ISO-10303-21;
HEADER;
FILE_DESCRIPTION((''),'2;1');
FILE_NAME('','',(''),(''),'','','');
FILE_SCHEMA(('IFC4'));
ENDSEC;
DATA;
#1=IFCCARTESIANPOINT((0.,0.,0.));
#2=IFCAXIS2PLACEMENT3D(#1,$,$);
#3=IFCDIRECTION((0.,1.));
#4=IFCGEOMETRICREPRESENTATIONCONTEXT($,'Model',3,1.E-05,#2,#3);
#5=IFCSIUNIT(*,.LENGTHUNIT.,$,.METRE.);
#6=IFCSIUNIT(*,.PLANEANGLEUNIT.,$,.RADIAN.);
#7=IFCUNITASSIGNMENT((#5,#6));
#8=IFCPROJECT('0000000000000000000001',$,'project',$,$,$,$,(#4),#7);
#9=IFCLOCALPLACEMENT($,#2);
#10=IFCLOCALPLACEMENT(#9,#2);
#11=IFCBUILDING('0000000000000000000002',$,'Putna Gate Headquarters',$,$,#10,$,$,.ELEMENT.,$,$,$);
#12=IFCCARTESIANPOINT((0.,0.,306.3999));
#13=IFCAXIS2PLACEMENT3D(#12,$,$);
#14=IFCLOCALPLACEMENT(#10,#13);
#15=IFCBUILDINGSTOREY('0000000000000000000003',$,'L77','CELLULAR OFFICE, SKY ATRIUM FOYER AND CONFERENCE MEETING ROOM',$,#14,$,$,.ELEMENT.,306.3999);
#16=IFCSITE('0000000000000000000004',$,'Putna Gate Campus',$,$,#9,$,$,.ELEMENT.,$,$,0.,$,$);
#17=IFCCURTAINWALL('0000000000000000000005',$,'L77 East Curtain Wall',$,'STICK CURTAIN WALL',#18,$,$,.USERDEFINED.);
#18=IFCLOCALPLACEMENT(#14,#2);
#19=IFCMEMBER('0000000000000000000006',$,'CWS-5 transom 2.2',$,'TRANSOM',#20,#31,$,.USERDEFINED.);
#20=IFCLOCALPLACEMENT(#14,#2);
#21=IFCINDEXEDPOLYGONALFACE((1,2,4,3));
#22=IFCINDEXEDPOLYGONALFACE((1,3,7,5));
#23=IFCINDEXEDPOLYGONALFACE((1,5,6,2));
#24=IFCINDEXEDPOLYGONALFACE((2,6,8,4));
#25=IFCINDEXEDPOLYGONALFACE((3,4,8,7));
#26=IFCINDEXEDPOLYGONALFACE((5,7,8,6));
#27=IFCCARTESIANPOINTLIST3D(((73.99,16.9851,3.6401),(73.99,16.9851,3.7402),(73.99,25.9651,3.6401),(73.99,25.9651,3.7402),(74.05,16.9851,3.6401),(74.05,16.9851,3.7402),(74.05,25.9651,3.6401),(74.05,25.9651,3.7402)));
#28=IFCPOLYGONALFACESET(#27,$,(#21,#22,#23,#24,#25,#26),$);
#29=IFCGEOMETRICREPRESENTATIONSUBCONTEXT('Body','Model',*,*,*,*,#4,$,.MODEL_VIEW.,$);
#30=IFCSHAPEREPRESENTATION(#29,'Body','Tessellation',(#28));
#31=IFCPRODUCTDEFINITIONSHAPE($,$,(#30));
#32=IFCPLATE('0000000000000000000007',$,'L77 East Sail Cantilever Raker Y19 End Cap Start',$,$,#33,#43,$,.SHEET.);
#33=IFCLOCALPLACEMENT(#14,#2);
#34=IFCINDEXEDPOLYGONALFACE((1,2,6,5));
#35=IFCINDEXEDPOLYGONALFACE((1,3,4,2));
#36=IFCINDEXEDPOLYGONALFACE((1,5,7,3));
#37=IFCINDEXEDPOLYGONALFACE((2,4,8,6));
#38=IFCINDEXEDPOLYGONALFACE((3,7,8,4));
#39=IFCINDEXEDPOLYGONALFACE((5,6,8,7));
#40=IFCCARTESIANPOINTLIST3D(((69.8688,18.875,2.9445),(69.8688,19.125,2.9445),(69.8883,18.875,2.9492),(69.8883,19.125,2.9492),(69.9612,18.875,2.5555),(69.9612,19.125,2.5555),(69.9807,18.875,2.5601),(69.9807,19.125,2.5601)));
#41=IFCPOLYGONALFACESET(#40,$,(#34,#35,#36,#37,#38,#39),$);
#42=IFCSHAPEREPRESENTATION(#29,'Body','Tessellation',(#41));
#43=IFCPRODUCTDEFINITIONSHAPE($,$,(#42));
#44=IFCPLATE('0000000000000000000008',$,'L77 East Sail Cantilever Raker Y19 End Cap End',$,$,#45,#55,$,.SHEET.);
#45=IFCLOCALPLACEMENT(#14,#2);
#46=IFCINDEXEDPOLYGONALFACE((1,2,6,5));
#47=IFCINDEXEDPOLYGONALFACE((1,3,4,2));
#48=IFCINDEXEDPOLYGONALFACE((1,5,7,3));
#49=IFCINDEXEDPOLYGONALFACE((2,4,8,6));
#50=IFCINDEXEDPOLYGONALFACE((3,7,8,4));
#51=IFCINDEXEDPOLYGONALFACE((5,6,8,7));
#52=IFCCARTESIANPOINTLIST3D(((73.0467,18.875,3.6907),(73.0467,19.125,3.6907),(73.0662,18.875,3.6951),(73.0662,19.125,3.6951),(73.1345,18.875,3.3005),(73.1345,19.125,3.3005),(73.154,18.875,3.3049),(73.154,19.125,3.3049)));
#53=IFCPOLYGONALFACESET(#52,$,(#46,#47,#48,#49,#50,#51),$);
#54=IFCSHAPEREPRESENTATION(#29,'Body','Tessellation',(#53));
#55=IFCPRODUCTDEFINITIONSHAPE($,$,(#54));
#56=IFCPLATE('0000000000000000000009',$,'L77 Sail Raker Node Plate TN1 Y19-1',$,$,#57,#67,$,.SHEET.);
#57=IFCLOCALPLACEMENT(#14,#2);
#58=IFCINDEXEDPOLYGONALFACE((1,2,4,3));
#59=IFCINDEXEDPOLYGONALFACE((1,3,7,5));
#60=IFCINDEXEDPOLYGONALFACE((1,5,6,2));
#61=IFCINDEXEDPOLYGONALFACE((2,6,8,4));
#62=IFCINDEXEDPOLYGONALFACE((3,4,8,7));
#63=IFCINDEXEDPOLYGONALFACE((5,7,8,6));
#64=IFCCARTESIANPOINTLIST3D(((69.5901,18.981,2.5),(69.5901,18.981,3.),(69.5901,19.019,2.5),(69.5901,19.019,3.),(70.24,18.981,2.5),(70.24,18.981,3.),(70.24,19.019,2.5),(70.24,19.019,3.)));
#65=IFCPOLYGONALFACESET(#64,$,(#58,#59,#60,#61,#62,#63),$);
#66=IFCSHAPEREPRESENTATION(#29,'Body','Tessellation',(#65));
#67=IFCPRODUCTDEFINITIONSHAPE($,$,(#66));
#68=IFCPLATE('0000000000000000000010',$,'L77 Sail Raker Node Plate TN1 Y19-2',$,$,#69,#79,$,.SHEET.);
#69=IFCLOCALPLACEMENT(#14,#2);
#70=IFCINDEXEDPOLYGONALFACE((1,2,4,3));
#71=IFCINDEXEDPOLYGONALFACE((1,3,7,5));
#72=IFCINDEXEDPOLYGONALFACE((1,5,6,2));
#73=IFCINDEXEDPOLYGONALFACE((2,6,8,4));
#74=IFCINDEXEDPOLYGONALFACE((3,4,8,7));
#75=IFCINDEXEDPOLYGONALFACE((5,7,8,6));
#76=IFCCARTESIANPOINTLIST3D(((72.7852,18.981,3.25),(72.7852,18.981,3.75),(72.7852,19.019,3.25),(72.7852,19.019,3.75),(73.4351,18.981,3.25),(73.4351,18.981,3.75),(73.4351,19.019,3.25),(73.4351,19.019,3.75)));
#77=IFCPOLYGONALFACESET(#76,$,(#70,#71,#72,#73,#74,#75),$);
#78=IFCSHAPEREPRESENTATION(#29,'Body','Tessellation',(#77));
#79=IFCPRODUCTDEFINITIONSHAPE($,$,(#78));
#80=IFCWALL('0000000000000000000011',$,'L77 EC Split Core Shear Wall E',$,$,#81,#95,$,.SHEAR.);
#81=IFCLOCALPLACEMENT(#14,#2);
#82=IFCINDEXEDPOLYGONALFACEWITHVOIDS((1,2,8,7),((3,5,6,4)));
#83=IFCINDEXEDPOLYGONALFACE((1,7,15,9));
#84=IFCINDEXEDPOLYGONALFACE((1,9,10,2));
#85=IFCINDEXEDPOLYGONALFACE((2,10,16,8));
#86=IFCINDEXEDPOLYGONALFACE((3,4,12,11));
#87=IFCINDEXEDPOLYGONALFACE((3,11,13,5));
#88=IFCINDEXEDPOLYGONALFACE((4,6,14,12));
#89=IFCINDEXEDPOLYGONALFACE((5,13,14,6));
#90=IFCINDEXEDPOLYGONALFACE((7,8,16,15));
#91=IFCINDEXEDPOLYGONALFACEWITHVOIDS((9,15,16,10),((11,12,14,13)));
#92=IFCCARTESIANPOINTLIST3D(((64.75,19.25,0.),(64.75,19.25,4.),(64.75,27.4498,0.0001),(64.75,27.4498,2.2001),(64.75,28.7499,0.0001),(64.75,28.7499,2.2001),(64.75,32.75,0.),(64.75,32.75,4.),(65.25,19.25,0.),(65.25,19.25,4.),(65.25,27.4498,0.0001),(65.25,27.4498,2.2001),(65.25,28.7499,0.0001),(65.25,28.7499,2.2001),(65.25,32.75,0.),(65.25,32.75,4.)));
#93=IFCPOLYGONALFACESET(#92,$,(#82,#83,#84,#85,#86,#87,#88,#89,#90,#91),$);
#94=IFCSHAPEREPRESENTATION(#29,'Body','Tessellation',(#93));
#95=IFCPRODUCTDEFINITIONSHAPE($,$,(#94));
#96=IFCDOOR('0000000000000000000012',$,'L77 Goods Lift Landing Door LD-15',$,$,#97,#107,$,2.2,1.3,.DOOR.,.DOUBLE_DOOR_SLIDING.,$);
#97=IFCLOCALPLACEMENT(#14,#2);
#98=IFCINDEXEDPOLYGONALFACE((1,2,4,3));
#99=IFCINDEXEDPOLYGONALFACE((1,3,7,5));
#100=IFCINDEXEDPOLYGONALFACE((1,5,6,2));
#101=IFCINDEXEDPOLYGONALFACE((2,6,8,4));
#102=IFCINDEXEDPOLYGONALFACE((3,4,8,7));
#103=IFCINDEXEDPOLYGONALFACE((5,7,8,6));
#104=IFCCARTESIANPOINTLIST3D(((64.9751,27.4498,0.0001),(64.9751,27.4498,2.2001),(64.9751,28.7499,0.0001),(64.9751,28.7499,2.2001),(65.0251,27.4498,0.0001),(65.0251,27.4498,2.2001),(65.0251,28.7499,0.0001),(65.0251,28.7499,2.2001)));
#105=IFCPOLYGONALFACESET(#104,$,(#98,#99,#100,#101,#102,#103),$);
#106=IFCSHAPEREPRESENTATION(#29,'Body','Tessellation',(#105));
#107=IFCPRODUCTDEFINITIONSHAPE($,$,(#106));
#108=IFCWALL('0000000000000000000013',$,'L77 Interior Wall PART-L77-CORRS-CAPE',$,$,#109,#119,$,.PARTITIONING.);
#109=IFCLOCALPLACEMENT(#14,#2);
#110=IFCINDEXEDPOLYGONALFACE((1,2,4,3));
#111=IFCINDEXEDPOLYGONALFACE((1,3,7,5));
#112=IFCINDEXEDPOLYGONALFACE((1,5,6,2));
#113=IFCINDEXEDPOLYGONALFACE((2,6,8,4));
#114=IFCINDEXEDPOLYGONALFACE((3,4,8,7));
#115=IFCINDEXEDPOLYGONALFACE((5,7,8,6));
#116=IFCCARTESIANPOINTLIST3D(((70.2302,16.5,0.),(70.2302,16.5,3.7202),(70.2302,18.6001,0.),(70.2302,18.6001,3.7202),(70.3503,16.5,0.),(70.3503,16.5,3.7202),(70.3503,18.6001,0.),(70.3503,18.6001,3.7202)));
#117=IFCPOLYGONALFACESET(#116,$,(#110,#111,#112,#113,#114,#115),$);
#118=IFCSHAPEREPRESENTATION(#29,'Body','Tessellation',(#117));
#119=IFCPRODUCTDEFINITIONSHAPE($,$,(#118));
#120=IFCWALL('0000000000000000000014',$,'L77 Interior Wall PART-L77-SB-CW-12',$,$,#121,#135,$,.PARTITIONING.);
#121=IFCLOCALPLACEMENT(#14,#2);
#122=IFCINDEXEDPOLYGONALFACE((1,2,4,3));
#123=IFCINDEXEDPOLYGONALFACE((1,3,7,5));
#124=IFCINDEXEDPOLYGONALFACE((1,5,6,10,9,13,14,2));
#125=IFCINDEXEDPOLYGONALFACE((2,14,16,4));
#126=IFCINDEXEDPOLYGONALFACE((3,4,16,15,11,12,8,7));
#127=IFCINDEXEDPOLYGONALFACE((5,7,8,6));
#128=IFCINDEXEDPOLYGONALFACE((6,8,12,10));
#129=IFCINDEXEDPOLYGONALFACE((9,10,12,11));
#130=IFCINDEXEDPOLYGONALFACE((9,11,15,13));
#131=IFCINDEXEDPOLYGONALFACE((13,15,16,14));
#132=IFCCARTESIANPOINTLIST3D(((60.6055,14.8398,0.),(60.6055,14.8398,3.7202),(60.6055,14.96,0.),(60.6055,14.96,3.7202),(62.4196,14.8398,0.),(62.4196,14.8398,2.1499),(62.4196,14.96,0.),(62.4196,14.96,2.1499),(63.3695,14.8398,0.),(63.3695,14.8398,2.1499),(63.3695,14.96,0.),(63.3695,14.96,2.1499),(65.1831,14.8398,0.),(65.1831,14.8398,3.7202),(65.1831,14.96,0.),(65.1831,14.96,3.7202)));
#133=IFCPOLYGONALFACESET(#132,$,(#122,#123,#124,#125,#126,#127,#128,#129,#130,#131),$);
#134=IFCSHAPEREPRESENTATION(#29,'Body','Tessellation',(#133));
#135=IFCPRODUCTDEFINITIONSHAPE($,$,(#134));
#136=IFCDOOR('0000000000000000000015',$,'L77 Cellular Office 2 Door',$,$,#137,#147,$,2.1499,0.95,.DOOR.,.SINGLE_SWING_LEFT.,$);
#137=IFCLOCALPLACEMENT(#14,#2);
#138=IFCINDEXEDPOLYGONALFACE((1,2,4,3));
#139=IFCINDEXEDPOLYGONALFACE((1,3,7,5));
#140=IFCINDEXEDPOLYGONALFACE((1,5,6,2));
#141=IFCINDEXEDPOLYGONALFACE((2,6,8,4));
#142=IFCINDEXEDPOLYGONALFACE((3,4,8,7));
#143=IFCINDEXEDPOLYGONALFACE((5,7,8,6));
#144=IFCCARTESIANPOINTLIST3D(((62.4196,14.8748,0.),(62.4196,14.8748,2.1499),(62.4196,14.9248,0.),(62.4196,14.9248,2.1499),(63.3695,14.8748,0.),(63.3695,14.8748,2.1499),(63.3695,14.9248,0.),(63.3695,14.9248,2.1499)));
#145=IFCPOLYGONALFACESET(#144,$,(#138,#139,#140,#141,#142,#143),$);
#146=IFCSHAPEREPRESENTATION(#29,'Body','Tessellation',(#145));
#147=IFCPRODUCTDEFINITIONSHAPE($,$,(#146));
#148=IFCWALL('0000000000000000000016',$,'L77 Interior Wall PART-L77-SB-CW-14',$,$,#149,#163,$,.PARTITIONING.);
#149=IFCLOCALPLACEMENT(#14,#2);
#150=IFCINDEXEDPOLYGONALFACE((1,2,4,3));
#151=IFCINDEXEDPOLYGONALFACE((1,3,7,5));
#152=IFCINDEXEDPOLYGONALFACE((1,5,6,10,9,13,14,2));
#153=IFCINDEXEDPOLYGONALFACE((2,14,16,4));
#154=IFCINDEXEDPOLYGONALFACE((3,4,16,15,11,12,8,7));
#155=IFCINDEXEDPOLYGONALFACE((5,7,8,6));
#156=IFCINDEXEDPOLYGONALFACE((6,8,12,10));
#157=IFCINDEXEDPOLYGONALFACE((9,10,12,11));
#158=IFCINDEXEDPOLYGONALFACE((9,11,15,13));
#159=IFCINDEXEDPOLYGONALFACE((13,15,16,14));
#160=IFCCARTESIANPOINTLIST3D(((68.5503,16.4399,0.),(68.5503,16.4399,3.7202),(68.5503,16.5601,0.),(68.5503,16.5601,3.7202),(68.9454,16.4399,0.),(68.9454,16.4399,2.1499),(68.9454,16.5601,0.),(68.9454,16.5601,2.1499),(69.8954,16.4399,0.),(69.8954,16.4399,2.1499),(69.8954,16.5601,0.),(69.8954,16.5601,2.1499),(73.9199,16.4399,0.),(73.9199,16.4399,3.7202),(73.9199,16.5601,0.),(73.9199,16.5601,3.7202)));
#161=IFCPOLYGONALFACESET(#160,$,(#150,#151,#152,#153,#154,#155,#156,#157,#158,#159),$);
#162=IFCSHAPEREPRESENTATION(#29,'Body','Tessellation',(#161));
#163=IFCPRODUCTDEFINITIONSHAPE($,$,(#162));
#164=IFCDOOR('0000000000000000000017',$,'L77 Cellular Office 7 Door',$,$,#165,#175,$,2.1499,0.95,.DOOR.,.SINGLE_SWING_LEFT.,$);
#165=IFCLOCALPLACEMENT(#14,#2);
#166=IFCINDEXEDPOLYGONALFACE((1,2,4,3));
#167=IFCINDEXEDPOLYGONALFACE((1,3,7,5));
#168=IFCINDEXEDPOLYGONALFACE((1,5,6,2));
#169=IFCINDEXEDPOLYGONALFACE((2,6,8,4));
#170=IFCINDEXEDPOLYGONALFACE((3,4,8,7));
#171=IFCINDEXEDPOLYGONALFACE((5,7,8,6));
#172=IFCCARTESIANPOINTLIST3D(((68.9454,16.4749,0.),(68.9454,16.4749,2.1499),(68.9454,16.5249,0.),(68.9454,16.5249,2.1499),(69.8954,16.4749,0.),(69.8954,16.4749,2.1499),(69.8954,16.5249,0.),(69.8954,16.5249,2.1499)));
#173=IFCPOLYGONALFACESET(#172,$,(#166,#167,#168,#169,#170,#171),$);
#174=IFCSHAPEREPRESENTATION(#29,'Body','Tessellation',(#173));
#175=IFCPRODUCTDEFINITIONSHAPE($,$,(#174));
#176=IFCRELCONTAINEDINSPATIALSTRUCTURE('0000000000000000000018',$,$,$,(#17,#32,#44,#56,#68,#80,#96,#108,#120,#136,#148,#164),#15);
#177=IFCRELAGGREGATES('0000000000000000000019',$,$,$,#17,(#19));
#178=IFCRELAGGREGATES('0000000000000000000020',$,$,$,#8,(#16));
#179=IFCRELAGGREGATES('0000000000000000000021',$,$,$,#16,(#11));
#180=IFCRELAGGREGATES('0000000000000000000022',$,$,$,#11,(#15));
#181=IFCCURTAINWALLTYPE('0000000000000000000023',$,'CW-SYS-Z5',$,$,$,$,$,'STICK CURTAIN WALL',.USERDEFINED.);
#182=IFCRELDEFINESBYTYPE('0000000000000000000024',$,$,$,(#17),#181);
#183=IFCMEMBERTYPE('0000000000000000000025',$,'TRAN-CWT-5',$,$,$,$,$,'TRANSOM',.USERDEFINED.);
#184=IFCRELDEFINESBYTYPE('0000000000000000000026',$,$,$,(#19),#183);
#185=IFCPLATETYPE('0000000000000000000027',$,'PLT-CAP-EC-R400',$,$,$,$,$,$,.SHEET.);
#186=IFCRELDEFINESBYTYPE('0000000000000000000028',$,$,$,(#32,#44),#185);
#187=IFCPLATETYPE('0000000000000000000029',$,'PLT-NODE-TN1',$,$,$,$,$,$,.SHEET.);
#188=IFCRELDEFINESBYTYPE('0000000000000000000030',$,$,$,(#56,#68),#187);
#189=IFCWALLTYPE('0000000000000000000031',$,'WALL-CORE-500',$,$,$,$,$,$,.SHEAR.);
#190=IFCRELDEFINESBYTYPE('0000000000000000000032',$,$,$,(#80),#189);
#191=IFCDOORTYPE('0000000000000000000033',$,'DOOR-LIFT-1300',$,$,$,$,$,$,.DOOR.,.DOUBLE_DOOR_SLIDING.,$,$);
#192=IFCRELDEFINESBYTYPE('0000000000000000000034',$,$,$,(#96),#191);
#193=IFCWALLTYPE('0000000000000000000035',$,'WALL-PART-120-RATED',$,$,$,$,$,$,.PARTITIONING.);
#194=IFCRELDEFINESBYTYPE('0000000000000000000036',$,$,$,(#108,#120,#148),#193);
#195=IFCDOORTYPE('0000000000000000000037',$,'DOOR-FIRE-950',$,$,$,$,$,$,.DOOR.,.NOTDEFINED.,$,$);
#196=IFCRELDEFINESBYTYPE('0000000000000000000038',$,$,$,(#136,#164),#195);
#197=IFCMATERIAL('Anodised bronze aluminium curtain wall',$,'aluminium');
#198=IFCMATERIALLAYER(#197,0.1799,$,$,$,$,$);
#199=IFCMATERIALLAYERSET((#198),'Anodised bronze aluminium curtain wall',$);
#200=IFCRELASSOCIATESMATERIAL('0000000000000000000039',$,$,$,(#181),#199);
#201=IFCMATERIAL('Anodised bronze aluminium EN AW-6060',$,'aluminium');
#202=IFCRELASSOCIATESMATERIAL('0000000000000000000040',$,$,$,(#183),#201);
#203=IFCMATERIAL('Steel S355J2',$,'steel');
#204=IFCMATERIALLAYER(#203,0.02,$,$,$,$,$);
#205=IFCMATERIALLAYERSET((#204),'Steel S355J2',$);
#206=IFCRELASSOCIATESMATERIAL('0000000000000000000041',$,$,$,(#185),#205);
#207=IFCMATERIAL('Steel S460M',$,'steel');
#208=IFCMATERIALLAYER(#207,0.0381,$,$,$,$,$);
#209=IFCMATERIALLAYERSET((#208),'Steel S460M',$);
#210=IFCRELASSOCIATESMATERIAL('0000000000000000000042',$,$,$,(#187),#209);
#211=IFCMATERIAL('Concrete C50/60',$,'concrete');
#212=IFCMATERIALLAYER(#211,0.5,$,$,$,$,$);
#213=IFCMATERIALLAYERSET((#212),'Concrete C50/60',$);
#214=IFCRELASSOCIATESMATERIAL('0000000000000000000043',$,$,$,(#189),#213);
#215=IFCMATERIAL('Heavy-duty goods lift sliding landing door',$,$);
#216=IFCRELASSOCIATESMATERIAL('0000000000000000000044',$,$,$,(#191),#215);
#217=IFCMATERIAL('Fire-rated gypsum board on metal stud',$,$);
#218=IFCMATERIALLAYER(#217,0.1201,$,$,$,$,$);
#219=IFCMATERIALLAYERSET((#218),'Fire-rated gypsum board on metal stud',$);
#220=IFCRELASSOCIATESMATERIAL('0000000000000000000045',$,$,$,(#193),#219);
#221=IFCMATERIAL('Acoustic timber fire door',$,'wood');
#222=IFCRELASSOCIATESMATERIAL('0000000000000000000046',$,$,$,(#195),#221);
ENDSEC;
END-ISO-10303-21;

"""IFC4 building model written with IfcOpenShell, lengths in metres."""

from ifc_helpers import new_model, si_unit, direction, frame, frame_2d, origin, origin_2d, place, context, subcontext, project, spatial, rectangle, extrude, material, layer, layer_set, material_profile, profile_set, type_object, element, fill, aggregate, save


model = new_model("IFC4")

# Units and contexts
model_context = context("Model", 3, precision=1e-05, world=origin(), true_north=direction((0.0, 1.0)))
body_context = subcontext(model_context, "Body", "Model", "MODEL_VIEW")
ifc_project = project(units=[si_unit("LENGTHUNIT", "METRE"), si_unit("PLANEANGLEUNIT", "RADIAN")], contexts=[model_context])

# Site, building, storey
site_placement = place(None, origin())
site = spatial("IfcSite", under=ifc_project, at=site_placement, Name="Putna Gate Campus", CompositionType="ELEMENT", RefElevation=0.0)
building_placement = place(site_placement, origin())
building = spatial("IfcBuilding", under=site, at=building_placement, Name="Putna Gate Headquarters", CompositionType="ELEMENT")
storey_placement = place(building_placement, frame((0.0, 0.0, 306.3999)))
storey = spatial("IfcBuildingStorey", under=building, at=storey_placement, Name="L77", Description="CELLULAR OFFICE, SKY ATRIUM FOYER AND CONFERENCE MEETING ROOM", CompositionType="ELEMENT", Elevation=306.3999)

# Shared definitions
ifc_material_1 = material(Name="Steel S460M", Category="steel")

# Shared definitions
ifc_material_2 = material(Name="Steel S355J2", Category="steel")

# Curtain wall, member
ifc_material_3 = material(Name="Anodised bronze aluminium curtain wall", Category="aluminium")
ifc_layer_1 = layer(ifc_material_3, 0.1799)
ifc_layer_set_1 = layer_set([ifc_layer_1], Name="Anodised bronze aluminium curtain wall")
curtain_wall_type = type_object("IfcCurtainWallType", Name="CW-SYS-Z5", ElementType="STICK CURTAIN WALL", PredefinedType="USERDEFINED", material=ifc_layer_set_1)
curtain_wall_placement = place(storey_placement, origin())
curtain_wall = element("IfcCurtainWall", 1, at=curtain_wall_placement, inside=storey, type_object=curtain_wall_type, Name="L77 East Curtain Wall", ObjectType="STICK CURTAIN WALL", PredefinedType="USERDEFINED")
ifc_material_4 = material(Name="Anodised bronze aluminium EN AW-6060", Category="aluminium")
ifc_material_profile_1 = material_profile(ifc_material_4, rectangle(XDim=0.0601, YDim=0.1001, at=origin_2d()), Name="Anodised bronze aluminium EN AW-6060")
ifc_profile_set_1 = profile_set([ifc_material_profile_1], Name="Anodised bronze aluminium EN AW-6060")
member_type_1 = type_object("IfcMemberType", Name="TRAN-CWT-5", ElementType="TRANSOM", PredefinedType="USERDEFINED", material=ifc_profile_set_1)
member_1_placement = place(storey_placement, frame((74.02, 16.9851, 3.6902), z_axis=(0.0, 1.0, 0.0), x_axis=(-1.0, 0.0, 0.0)))
member_1 = element("IfcMember", 2, at=member_1_placement, type_object=member_type_1, Name="CWS-5 transom 2.2", ObjectType="TRANSOM", PredefinedType="USERDEFINED", context=body_context, shape_type="SweptSolid", body=[
    extrude(rectangle(XDim=0.0601, YDim=0.1001, at=origin_2d()), origin(), (0.0, 0.0, 1.0), 8.98),
])
aggregate(curtain_wall, [member_1])

# Plates
ifc_layer_2 = layer(ifc_material_2, 0.02)
ifc_layer_set_2 = layer_set([ifc_layer_2], Name="Steel S355J2")
plate_type_1 = type_object("IfcPlateType", Name="PLT-CAP-EC-R400", PredefinedType="SHEET", material=ifc_layer_set_2)
for number, where, z_axis, x_axis, name in (
    (3, (69.915, 19.0, 2.75), (0.972937, 0.0, 0.231072), (0.0, 1.0, 0.0), "L77 East Sail Cantilever Raker Y19 End Cap Start"),
    (4, (73.0906, 19.0, 3.4956), (0.97561, 0.0, 0.219512), (0.0, 1.0, 0.0), "L77 East Sail Cantilever Raker Y19 End Cap End"),
):
    element("IfcPlate", number, at=place(storey_placement, frame(where, z_axis=z_axis, x_axis=x_axis)), inside=storey, type_object=plate_type_1, Name=name, PredefinedType="SHEET", context=body_context, shape_type="SweptSolid", body=[
        extrude(rectangle(XDim=0.25, YDim=0.3999, at=origin_2d()), origin(), (0.0, 0.0, 1.0), 0.02),
    ])
ifc_layer_3 = layer(ifc_material_1, 0.0381)
ifc_layer_set_3 = layer_set([ifc_layer_3], Name="Steel S460M")
plate_type_2 = type_object("IfcPlateType", Name="PLT-NODE-TN1", PredefinedType="SHEET", material=ifc_layer_set_3)
for number, where, z_axis, x_axis, name in (
    (5, (69.915, 19.0, 2.5), (0.0, 0.0, 1.0), (1.0, 0.0, 0.0), "L77 Sail Raker Node Plate TN1 Y19-1"),
    (6, (73.1101, 19.0, 3.25), (0.0, 0.0, 1.0), (1.0, 0.0, 0.0), "L77 Sail Raker Node Plate TN1 Y19-2"),
):
    element("IfcPlate", number, at=place(storey_placement, frame(where, z_axis=z_axis, x_axis=x_axis)), inside=storey, type_object=plate_type_2, Name=name, PredefinedType="SHEET", context=body_context, shape_type="SweptSolid", body=[
        extrude(rectangle(XDim=0.6499, YDim=0.0381, at=origin_2d()), origin(), (0.0, 0.0, 1.0), 0.5),
    ])

# Wall, opening, door
ifc_material_5 = material(Name="Concrete C50/60", Category="concrete")
ifc_layer_4 = layer(ifc_material_5, 0.5)
ifc_layer_set_4 = layer_set([ifc_layer_4], Name="Concrete C50/60")
wall_type_1 = type_object("IfcWallType", Name="WALL-CORE-500", PredefinedType="SHEAR", material=ifc_layer_set_4)
wall_1_placement = place(storey_placement, frame((65.0, 19.25, 0.0), z_axis=(0.0, 0.0, 1.0), x_axis=(0.0, 1.0, 0.0)))
wall_1 = element("IfcWall", 7, at=wall_1_placement, inside=storey, type_object=wall_type_1, Name="L77 EC Split Core Shear Wall E", PredefinedType="SHEAR", context=body_context, shape_type="SweptSolid", body=[
    extrude(rectangle(XDim=13.5, YDim=0.5, at=frame_2d((6.75, 0.0))), origin(), (0.0, 0.0, 1.0), 4.0),
])
opening_1_placement = place(wall_1_placement, frame((8.2, 0.0, 0.0)))
opening_1 = element("IfcOpeningElement", 8, at=opening_1_placement, cuts=wall_1, PredefinedType="OPENING", context=body_context, shape_type="SweptSolid", body=[
    extrude(rectangle(XDim=1.3, YDim=2.2, at=frame_2d((0.6499, 1.1001))), frame((0.0, 0.26, 0.0), z_axis=(0.0, -1.0, 0.0), x_axis=(1.0, 0.0, 0.0)), (0.0, 0.0, 1.0), 0.52),
])
ifc_material_6 = material(Name="Heavy-duty goods lift sliding landing door")
door_type_1 = type_object("IfcDoorType", Name="DOOR-LIFT-1300", OperationType="DOUBLE_DOOR_SLIDING", PredefinedType="DOOR", material=ifc_material_6)
door_1_placement = place(opening_1_placement, origin())
door_1 = element("IfcDoor", 9, at=door_1_placement, inside=storey, type_object=door_type_1, Name="L77 Goods Lift Landing Door LD-15", OperationType="DOUBLE_DOOR_SLIDING", OverallHeight=2.2, OverallWidth=1.3, PredefinedType="DOOR", context=body_context, shape_type="SweptSolid", body=[
    extrude(rectangle(XDim=1.3, YDim=2.2, at=frame_2d((0.6499, 1.1001))), frame((0.0, 0.0249, 0.0), z_axis=(0.0, -1.0, 0.0), x_axis=(1.0, 0.0, 0.0)), (0.0, 0.0, 1.0), 0.05),
])
fill(opening_1, door_1)

# Wall
ifc_material_7 = material(Name="Fire-rated gypsum board on metal stud")
ifc_layer_5 = layer(ifc_material_7, 0.1201)
ifc_layer_set_5 = layer_set([ifc_layer_5], Name="Fire-rated gypsum board on metal stud")
wall_type_2 = type_object("IfcWallType", Name="WALL-PART-120-RATED", PredefinedType="PARTITIONING", material=ifc_layer_set_5)
wall_2_placement = place(storey_placement, frame((70.2903, 16.5, 0.0), z_axis=(0.0, 0.0, 1.0), x_axis=(0.0, 1.0, 0.0)))
element("IfcWall", 10, at=wall_2_placement, inside=storey, type_object=wall_type_2, Name="L77 Interior Wall PART-L77-CORRS-CAPE", PredefinedType="PARTITIONING", context=body_context, shape_type="SweptSolid", body=[
    extrude(rectangle(XDim=2.1001, YDim=0.1201, at=frame_2d((1.05, 0.0))), origin(), (0.0, 0.0, 1.0), 3.7202),
])

# Walls, openings, doors
wall_3_placement = place(storey_placement, frame((60.6055, 14.8999, 0.0), z_axis=(0.0, 0.0, 1.0), x_axis=(1.0, 0.0, 0.0)))
wall_3 = element("IfcWall", 11, at=wall_3_placement, inside=storey, type_object=wall_type_2, Name="L77 Interior Wall PART-L77-SB-CW-12", PredefinedType="PARTITIONING", context=body_context, shape_type="SweptSolid", body=[
    extrude(rectangle(XDim=4.5776, YDim=0.1201, at=frame_2d((2.2888, 0.0))), origin(), (0.0, 0.0, 1.0), 3.7202),
])
opening_2_placement = place(wall_3_placement, frame((1.814, 0.0, 0.0)))
opening_2 = element("IfcOpeningElement", 12, at=opening_2_placement, cuts=wall_3, PredefinedType="OPENING", context=body_context, shape_type="SweptSolid", body=[
    extrude(rectangle(XDim=0.95, YDim=2.1499, at=frame_2d((0.4751, 1.075))), frame((0.0, 0.0701, 0.0), z_axis=(0.0, -1.0, 0.0), x_axis=(1.0, 0.0, 0.0)), (0.0, 0.0, 1.0), 0.1401),
])
ifc_material_8 = material(Name="Acoustic timber fire door", Category="wood")
door_type_2 = type_object("IfcDoorType", Name="DOOR-FIRE-950", OperationType="NOTDEFINED", PredefinedType="DOOR", material=ifc_material_8)
door_2_placement = place(opening_2_placement, origin())
door_2 = element("IfcDoor", 13, at=door_2_placement, inside=storey, type_object=door_type_2, Name="L77 Cellular Office 2 Door", OperationType="SINGLE_SWING_LEFT", OverallHeight=2.1499, OverallWidth=0.95, PredefinedType="DOOR", context=body_context, shape_type="SweptSolid", body=[
    extrude(rectangle(XDim=0.95, YDim=2.1499, at=frame_2d((0.4751, 1.075))), frame((0.0, 0.0249, 0.0), z_axis=(0.0, -1.0, 0.0), x_axis=(1.0, 0.0, 0.0)), (0.0, 0.0, 1.0), 0.05),
])
fill(opening_2, door_2)
wall_4_placement = place(storey_placement, frame((68.5503, 16.5, 0.0), z_axis=(0.0, 0.0, 1.0), x_axis=(1.0, 0.0, 0.0)))
wall_4 = element("IfcWall", 14, at=wall_4_placement, inside=storey, type_object=wall_type_2, Name="L77 Interior Wall PART-L77-SB-CW-14", PredefinedType="PARTITIONING", context=body_context, shape_type="SweptSolid", body=[
    extrude(rectangle(XDim=5.3696, YDim=0.1201, at=frame_2d((2.6848, 0.0))), origin(), (0.0, 0.0, 1.0), 3.7202),
])
opening_3_placement = place(wall_4_placement, frame((0.395, 0.0, 0.0)))
opening_3 = element("IfcOpeningElement", 15, at=opening_3_placement, cuts=wall_4, PredefinedType="OPENING", context=body_context, shape_type="SweptSolid", body=[
    extrude(rectangle(XDim=0.95, YDim=2.1499, at=frame_2d((0.4751, 1.075))), frame((0.0, 0.0701, 0.0), z_axis=(0.0, -1.0, 0.0), x_axis=(1.0, 0.0, 0.0)), (0.0, 0.0, 1.0), 0.1401),
])
door_3_placement = place(opening_3_placement, origin())
door_3 = element("IfcDoor", 16, at=door_3_placement, inside=storey, type_object=door_type_2, Name="L77 Cellular Office 7 Door", OperationType="SINGLE_SWING_LEFT", OverallHeight=2.1499, OverallWidth=0.95, PredefinedType="DOOR", context=body_context, shape_type="SweptSolid", body=[
    extrude(rectangle(XDim=0.95, YDim=2.1499, at=frame_2d((0.4751, 1.075))), frame((0.0, 0.0249, 0.0), z_axis=(0.0, -1.0, 0.0), x_axis=(1.0, 0.0, 0.0)), (0.0, 0.0, 1.0), 0.05),
])
fill(opening_3, door_3)

save(model, "model.ifc")
